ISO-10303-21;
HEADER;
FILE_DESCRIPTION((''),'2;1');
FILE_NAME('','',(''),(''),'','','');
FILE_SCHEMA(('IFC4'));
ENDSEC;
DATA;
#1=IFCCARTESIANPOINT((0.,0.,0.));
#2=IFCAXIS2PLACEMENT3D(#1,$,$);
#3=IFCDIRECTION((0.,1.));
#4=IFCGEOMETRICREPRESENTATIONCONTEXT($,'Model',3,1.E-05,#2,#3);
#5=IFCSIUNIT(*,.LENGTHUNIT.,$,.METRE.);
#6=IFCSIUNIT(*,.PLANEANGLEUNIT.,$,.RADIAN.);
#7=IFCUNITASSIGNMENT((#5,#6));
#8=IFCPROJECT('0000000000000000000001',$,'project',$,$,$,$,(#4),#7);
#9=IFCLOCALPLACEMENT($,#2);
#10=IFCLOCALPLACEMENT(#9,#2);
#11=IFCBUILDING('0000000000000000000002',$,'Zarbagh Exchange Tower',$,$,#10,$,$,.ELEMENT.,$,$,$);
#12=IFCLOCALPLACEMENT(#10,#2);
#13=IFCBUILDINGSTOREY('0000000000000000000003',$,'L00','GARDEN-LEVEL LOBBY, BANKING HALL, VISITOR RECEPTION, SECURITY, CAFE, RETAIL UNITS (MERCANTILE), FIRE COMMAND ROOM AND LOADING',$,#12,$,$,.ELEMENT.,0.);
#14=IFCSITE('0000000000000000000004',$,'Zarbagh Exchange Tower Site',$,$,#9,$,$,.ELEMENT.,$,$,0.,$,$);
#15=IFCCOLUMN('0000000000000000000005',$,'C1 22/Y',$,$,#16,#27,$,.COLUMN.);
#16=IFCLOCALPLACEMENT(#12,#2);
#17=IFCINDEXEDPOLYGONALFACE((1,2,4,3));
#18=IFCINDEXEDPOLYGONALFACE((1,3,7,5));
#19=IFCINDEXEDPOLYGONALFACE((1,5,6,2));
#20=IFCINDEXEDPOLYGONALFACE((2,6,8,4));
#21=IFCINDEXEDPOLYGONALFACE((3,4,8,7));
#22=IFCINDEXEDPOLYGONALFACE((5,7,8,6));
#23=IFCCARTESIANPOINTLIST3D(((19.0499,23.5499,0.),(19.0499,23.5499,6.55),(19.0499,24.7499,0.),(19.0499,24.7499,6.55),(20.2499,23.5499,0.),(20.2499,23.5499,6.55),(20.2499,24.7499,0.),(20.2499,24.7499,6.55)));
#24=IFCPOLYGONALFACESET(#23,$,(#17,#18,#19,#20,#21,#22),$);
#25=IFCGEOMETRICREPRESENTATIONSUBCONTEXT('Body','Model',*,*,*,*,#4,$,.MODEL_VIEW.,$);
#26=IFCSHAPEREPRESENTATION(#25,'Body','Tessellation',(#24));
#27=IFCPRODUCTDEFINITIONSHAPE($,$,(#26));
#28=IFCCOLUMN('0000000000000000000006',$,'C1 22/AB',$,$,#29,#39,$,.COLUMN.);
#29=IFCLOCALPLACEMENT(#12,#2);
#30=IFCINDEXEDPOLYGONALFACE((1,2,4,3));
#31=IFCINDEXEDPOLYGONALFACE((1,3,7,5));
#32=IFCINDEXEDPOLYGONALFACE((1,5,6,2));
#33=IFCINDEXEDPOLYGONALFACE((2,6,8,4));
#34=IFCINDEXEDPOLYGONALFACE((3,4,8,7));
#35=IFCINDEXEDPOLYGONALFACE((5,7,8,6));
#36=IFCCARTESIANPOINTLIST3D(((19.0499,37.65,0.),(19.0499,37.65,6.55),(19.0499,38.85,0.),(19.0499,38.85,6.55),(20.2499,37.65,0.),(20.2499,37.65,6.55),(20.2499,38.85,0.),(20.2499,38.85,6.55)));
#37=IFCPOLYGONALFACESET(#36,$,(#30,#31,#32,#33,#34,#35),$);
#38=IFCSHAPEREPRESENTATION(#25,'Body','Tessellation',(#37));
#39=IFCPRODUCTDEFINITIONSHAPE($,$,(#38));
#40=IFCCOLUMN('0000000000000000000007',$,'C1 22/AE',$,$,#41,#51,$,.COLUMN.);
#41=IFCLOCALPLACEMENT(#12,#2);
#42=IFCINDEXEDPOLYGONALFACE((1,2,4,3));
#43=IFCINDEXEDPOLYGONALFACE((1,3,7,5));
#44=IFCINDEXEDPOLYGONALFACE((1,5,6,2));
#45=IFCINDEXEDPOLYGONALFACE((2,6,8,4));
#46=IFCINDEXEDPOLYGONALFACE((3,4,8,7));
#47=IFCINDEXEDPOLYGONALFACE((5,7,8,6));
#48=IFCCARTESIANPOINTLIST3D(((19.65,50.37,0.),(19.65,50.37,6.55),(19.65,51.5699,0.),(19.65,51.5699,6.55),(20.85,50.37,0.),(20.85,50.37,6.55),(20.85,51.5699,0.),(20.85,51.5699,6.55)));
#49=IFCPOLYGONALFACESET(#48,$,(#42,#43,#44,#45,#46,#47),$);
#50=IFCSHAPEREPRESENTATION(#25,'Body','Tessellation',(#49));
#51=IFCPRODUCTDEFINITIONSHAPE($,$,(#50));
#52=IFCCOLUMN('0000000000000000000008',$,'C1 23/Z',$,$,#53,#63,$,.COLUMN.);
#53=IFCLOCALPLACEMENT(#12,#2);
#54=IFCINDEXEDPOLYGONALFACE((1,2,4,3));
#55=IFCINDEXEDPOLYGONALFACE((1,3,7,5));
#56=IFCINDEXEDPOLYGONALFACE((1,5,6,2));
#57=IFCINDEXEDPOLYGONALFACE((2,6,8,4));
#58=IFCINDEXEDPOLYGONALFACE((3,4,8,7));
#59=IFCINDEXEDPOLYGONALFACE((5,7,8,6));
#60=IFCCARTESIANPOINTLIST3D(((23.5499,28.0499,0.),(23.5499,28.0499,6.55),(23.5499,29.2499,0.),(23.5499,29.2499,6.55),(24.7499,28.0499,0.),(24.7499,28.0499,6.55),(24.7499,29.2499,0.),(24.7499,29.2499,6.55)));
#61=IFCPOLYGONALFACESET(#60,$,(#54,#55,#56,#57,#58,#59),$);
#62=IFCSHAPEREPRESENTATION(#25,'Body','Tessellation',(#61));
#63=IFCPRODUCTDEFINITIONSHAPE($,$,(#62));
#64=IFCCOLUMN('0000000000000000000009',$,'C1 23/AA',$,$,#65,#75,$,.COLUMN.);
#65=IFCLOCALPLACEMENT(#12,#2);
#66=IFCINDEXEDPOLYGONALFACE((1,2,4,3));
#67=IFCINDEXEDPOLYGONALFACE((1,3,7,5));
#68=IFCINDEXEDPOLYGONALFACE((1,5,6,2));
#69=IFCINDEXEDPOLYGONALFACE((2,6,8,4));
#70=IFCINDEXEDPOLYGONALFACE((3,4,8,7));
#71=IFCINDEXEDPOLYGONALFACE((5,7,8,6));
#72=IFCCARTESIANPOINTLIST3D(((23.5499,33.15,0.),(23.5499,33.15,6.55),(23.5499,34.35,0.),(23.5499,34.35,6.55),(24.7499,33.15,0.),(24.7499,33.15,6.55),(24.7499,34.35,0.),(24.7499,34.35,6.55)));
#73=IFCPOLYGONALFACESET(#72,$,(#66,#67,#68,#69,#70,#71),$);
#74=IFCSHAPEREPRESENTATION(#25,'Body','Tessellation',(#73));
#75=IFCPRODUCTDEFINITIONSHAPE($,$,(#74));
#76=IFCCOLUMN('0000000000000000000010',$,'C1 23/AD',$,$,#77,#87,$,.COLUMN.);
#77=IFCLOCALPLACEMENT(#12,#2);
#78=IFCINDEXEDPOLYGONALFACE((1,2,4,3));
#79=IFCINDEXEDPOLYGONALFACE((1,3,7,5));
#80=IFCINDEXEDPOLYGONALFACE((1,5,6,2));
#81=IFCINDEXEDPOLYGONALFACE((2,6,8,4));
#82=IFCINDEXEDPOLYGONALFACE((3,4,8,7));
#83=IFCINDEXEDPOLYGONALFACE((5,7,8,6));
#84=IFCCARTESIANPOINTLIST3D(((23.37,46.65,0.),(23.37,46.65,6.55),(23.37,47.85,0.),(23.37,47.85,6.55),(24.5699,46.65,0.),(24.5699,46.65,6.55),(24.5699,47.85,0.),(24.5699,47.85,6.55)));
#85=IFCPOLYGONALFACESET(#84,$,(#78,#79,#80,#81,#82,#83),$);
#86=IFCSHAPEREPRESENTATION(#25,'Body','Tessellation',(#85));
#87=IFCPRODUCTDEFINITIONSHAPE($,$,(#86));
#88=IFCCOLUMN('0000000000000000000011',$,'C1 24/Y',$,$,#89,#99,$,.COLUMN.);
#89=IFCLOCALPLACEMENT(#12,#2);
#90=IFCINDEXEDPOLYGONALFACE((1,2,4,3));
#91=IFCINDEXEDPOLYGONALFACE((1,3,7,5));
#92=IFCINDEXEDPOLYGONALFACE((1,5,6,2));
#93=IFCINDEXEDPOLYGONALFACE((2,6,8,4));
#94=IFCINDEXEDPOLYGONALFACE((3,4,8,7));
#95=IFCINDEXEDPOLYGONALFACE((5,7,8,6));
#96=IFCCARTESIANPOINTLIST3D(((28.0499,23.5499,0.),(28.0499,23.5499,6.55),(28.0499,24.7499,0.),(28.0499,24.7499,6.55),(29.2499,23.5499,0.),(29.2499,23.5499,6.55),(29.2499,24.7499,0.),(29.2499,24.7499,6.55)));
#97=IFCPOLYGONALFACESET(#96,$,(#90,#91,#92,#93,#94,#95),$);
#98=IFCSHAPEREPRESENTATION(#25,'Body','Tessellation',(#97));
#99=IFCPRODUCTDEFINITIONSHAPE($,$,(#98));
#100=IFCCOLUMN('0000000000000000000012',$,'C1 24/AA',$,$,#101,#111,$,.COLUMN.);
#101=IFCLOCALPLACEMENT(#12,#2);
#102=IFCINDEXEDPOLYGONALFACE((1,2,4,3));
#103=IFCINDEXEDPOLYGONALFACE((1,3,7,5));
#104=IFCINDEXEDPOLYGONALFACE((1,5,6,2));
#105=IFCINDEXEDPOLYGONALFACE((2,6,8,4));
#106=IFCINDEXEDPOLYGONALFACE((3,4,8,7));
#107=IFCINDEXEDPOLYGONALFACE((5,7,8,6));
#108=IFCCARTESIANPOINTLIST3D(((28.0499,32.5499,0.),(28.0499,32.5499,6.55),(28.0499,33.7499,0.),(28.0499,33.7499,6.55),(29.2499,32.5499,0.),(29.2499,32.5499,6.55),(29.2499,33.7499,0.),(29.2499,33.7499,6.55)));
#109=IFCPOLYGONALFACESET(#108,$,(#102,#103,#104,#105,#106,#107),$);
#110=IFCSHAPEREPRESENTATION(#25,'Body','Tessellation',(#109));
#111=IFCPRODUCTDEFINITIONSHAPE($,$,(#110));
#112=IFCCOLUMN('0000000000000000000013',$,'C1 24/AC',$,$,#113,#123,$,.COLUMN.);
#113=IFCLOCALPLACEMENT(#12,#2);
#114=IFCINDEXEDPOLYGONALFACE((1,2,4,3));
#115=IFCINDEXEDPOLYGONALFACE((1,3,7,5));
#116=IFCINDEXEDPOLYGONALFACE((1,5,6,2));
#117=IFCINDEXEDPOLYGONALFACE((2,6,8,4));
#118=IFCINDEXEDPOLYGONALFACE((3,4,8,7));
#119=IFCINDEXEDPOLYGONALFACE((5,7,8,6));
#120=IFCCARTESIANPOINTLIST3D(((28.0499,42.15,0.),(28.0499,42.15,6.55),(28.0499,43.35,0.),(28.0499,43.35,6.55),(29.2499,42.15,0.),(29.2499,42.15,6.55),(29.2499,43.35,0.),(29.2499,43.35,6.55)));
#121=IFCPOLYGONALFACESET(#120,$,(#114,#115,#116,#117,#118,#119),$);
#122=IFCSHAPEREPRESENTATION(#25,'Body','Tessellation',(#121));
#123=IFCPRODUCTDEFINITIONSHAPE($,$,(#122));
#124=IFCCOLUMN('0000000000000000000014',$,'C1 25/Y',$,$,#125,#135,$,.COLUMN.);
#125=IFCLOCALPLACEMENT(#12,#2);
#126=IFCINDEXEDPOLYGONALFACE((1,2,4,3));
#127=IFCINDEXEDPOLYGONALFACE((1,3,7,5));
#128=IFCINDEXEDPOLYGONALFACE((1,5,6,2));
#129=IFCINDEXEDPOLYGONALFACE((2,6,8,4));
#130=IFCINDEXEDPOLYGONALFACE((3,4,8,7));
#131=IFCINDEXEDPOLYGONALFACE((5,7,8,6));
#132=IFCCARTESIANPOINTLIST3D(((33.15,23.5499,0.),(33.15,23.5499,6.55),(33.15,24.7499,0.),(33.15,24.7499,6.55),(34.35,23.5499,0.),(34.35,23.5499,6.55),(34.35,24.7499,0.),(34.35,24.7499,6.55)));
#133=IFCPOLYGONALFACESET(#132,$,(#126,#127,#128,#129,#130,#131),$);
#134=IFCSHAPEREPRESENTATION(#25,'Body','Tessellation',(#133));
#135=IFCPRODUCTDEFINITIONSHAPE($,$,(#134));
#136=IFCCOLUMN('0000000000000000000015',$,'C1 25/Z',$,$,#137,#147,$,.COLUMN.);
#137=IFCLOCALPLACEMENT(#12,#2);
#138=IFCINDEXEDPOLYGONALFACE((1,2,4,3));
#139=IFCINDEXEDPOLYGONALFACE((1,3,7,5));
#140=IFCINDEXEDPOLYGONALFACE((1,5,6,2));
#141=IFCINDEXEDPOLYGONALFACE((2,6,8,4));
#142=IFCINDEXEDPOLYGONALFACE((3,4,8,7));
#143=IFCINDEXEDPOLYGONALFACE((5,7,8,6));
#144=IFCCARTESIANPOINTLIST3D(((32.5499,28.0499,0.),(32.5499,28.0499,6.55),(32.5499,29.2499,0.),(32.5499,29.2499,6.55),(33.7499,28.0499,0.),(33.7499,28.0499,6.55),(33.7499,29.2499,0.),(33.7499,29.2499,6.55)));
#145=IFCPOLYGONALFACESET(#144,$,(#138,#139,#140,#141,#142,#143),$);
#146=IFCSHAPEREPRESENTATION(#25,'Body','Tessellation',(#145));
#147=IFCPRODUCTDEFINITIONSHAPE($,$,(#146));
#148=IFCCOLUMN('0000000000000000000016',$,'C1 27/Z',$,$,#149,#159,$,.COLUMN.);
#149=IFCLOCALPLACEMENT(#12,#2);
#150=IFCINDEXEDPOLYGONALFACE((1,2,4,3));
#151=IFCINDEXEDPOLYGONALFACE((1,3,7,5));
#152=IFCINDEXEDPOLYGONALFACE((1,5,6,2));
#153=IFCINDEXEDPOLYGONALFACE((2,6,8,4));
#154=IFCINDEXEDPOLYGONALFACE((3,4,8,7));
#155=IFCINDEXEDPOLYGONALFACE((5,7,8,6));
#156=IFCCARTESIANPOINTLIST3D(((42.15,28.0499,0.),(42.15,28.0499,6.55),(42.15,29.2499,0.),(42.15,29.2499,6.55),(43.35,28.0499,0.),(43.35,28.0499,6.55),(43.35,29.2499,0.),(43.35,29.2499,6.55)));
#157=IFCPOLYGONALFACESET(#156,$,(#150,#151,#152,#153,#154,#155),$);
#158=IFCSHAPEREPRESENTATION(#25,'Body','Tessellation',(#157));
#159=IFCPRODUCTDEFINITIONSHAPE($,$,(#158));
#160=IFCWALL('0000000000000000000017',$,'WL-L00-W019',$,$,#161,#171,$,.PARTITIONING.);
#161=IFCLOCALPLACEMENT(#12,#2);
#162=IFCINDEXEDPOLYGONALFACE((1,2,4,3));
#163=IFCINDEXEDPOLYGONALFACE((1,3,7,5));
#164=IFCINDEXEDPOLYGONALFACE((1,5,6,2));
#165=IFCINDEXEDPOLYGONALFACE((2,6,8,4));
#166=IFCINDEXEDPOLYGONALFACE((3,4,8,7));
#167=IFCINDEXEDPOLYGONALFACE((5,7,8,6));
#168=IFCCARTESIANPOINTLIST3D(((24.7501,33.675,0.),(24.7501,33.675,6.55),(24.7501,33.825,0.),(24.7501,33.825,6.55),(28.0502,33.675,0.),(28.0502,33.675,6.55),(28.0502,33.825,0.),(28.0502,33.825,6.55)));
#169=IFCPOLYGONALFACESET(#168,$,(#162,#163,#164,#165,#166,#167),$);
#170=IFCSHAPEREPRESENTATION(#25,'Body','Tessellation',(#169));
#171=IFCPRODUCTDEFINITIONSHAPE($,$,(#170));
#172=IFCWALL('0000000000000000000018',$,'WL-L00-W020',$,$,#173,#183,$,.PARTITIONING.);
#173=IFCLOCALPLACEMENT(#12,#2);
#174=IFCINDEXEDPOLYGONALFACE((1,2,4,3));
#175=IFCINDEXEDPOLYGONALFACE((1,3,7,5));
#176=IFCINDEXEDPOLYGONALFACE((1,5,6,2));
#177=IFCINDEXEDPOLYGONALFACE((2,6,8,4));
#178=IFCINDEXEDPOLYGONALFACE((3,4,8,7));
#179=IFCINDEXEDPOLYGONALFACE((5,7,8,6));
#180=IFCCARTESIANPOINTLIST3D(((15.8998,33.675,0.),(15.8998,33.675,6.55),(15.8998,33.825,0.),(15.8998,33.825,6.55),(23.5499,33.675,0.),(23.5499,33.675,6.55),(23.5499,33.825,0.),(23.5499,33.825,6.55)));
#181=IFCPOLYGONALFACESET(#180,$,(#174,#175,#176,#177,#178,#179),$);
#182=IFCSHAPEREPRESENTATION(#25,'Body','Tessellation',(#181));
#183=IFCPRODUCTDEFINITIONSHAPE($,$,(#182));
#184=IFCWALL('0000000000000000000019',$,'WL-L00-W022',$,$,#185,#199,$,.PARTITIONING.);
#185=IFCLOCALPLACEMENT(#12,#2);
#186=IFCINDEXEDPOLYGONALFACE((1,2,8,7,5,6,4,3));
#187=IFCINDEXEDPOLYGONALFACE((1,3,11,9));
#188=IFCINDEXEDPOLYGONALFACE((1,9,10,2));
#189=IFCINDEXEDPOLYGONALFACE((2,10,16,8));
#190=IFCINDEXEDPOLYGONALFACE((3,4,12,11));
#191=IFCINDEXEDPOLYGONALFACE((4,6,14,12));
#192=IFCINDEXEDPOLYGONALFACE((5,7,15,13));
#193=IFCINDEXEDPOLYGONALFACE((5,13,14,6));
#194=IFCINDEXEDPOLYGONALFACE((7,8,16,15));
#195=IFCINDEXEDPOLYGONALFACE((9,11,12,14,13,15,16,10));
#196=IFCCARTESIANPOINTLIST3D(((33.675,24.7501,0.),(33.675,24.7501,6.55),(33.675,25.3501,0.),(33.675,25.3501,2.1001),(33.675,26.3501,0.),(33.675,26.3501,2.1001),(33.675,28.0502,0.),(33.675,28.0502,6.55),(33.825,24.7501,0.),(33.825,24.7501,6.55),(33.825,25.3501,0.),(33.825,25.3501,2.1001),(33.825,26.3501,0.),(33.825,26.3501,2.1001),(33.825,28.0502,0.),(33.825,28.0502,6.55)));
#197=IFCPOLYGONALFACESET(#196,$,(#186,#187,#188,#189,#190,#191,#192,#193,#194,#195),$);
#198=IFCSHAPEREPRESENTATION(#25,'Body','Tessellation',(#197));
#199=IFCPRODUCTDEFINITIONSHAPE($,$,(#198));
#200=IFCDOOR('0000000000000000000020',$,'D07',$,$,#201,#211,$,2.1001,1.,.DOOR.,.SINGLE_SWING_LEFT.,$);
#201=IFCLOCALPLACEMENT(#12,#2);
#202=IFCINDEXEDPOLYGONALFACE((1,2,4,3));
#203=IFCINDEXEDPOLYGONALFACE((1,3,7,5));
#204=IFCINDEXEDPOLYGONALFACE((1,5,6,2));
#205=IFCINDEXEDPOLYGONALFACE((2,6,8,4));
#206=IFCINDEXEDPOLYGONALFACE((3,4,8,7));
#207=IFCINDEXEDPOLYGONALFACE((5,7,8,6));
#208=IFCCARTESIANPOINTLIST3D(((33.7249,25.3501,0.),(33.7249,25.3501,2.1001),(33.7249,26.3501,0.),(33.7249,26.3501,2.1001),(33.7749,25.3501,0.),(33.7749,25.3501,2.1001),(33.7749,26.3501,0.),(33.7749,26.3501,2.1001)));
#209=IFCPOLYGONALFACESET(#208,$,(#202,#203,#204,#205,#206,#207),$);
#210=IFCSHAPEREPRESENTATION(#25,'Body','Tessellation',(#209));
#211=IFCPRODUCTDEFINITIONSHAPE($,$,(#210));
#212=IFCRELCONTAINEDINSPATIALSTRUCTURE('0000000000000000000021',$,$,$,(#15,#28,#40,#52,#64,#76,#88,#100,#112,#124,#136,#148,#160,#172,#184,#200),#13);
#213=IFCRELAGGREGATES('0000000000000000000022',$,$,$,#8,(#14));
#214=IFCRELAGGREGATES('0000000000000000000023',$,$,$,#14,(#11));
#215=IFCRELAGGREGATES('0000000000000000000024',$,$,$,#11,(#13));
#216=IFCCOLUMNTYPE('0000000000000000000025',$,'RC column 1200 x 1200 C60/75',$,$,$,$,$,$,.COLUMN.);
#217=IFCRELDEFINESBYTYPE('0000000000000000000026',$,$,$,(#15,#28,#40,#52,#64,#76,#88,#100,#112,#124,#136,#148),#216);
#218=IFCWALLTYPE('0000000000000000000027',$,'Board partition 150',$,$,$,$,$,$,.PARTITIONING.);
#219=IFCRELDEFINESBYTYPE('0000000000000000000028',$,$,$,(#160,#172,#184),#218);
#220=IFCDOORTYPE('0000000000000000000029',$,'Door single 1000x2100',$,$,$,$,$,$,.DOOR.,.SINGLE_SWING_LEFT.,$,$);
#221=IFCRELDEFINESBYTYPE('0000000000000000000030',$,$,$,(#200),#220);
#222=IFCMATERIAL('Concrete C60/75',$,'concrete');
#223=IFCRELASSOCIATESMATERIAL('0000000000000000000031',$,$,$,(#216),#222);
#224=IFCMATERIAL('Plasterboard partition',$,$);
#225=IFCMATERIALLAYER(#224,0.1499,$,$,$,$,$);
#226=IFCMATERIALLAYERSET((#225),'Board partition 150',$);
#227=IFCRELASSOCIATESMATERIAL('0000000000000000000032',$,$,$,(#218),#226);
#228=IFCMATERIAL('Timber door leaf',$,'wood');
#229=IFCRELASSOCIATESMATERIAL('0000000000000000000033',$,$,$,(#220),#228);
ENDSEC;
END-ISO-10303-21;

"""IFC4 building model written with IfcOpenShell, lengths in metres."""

from ifc_helpers import new_model, si_unit, direction, frame, frame_2d, origin, origin_2d, place, context, subcontext, project, spatial, rectangle, extrude, material, layer, layer_set, material_profile, profile_set, type_object, element, fill, save


model = new_model("IFC4")

# Units and contexts
model_context = context("Model", 3, precision=1e-05, world=origin(), true_north=direction((0.0, 1.0)))
body_context = subcontext(model_context, "Body", "Model", "MODEL_VIEW")
ifc_project = project(units=[si_unit("LENGTHUNIT", "METRE"), si_unit("PLANEANGLEUNIT", "RADIAN")], contexts=[model_context])

# Site, building, storey
site_placement = place(None, origin())
site = spatial("IfcSite", under=ifc_project, at=site_placement, Name="Zarbagh Exchange Tower Site", CompositionType="ELEMENT", RefElevation=0.0)
building_placement = place(site_placement, origin())
building = spatial("IfcBuilding", under=site, at=building_placement, Name="Zarbagh Exchange Tower", CompositionType="ELEMENT")
storey_placement = place(building_placement, origin())
storey = spatial("IfcBuildingStorey", under=building, at=storey_placement, Name="L00", Description="GARDEN-LEVEL LOBBY, BANKING HALL, VISITOR RECEPTION, SECURITY, CAFE, RETAIL UNITS (MERCANTILE), FIRE COMMAND ROOM AND LOADING", CompositionType="ELEMENT", Elevation=0.0)

# Columns
ifc_material_1 = material(Name="Concrete C60/75", Category="concrete")
ifc_material_profile = material_profile(ifc_material_1, rectangle(XDim=1.2, YDim=1.2, at=origin_2d()), Name="RC column 1200 x 1200 C60/75")
ifc_profile_set = profile_set([ifc_material_profile], Name="Concrete C60/75")
column_type = type_object("IfcColumnType", Name="RC column 1200 x 1200 C60/75", PredefinedType="COLUMN", material=ifc_profile_set)
for number, where, z_axis, x_axis, name in (
    (1, (19.6499, 24.1499, 0.0), (0.0, 0.0, 1.0), (1.0, 0.0, 0.0), "C1 22/Y"),
    (2, (19.6499, 38.25, 0.0), (0.0, 0.0, 1.0), (1.0, 0.0, 0.0), "C1 22/AB"),
    (3, (20.25, 50.97, 0.0), (0.0, 0.0, 1.0), (1.0, 0.0, 0.0), "C1 22/AE"),
    (4, (24.1499, 28.6499, 0.0), (0.0, 0.0, 1.0), (1.0, 0.0, 0.0), "C1 23/Z"),
    (5, (24.1499, 33.75, 0.0), (0.0, 0.0, 1.0), (1.0, 0.0, 0.0), "C1 23/AA"),
    (6, (23.97, 47.25, 0.0), (0.0, 0.0, 1.0), (1.0, 0.0, 0.0), "C1 23/AD"),
    (7, (28.6499, 24.1499, 0.0), (0.0, 0.0, 1.0), (1.0, 0.0, 0.0), "C1 24/Y"),
    (8, (28.6499, 33.1499, 0.0), (0.0, 0.0, 1.0), (1.0, 0.0, 0.0), "C1 24/AA"),
    (9, (28.6499, 42.75, 0.0), (0.0, 0.0, 1.0), (1.0, 0.0, 0.0), "C1 24/AC"),
    (10, (33.75, 24.1499, 0.0), (0.0, 0.0, 1.0), (1.0, 0.0, 0.0), "C1 25/Y"),
    (11, (33.1499, 28.6499, 0.0), (0.0, 0.0, 1.0), (1.0, 0.0, 0.0), "C1 25/Z"),
    (12, (42.75, 28.6499, 0.0), (0.0, 0.0, 1.0), (1.0, 0.0, 0.0), "C1 27/Z"),
):
    element("IfcColumn", number, at=place(storey_placement, frame(where, z_axis=z_axis, x_axis=x_axis)), inside=storey, type_object=column_type, Name=name, PredefinedType="COLUMN", context=body_context, shape_type="SweptSolid", body=[
        extrude(rectangle(XDim=1.2, YDim=1.2, at=origin_2d()), origin(), (0.0, 0.0, 1.0), 6.55),
    ])

# Walls
ifc_material_2 = material(Name="Plasterboard partition")
ifc_layer_1 = layer(ifc_material_2, 0.1499)
ifc_layer_set_1 = layer_set([ifc_layer_1], Name="Board partition 150")
wall_type_1 = type_object("IfcWallType", Name="Board partition 150", PredefinedType="PARTITIONING", material=ifc_layer_set_1)
wall_1_placement = place(storey_placement, frame((28.05, 33.75, 0.0), z_axis=(0.0, 0.0, 1.0), x_axis=(-1.0, 0.0, 0.0)))
element("IfcWall", 13, at=wall_1_placement, inside=storey, type_object=wall_type_1, Name="WL-L00-W019", PredefinedType="PARTITIONING", context=body_context, shape_type="SweptSolid", body=[
    extrude(rectangle(XDim=3.3, YDim=0.1499, at=frame_2d((1.6499, 0.0))), origin(), (0.0, 0.0, 1.0), 6.55),
])
wall_2_placement = place(storey_placement, frame((23.55, 33.75, 0.0), z_axis=(0.0, 0.0, 1.0), x_axis=(-1.0, 0.0, 0.0)))
element("IfcWall", 14, at=wall_2_placement, inside=storey, type_object=wall_type_1, Name="WL-L00-W020", PredefinedType="PARTITIONING", context=body_context, shape_type="SweptSolid", body=[
    extrude(rectangle(XDim=7.6501, YDim=0.1499, at=frame_2d((3.8252, 0.0))), origin(), (0.0, 0.0, 1.0), 6.55),
])

# Wall, opening, door
wall_3_placement = place(storey_placement, frame((33.75, 28.05, 0.0), z_axis=(0.0, 0.0, 1.0), x_axis=(0.0, -1.0, 0.0)))
wall_3 = element("IfcWall", 15, at=wall_3_placement, inside=storey, type_object=wall_type_1, Name="WL-L00-W022", PredefinedType="PARTITIONING", context=body_context, shape_type="SweptSolid", body=[
    extrude(rectangle(XDim=3.3, YDim=0.1499, at=frame_2d((1.6499, 0.0))), origin(), (0.0, 0.0, 1.0), 6.55),
])
opening_1_placement = place(wall_3_placement, frame((1.7, 0.0, 0.0)))
opening_1 = element("IfcOpeningElement", 16, at=opening_1_placement, cuts=wall_3, PredefinedType="OPENING", context=body_context, shape_type="SweptSolid", body=[
    extrude(rectangle(XDim=1.0, YDim=2.1001, at=frame_2d((0.5, 1.05))), frame((0.0, 0.085, 0.0), z_axis=(0.0, -1.0, 0.0), x_axis=(1.0, 0.0, 0.0)), (0.0, 0.0, 1.0), 0.1699),
])
ifc_material_3 = material(Name="Timber door leaf", Category="wood")
door_type_1 = type_object("IfcDoorType", Name="Door single 1000x2100", OperationType="SINGLE_SWING_LEFT", PredefinedType="DOOR", material=ifc_material_3)
door_1_placement = place(opening_1_placement, origin())
door_1 = element("IfcDoor", 17, at=door_1_placement, inside=storey, type_object=door_type_1, Name="D07", OperationType="SINGLE_SWING_LEFT", OverallHeight=2.1001, OverallWidth=1.0, PredefinedType="DOOR", context=body_context, shape_type="SweptSolid", body=[
    extrude(rectangle(XDim=1.0, YDim=2.1001, at=frame_2d((0.5, 1.05))), frame((0.0, 0.0249, 0.0), z_axis=(0.0, -1.0, 0.0), x_axis=(1.0, 0.0, 0.0)), (0.0, 0.0, 1.0), 0.05),
])
fill(opening_1, door_1)

save(model, "model.ifc")
